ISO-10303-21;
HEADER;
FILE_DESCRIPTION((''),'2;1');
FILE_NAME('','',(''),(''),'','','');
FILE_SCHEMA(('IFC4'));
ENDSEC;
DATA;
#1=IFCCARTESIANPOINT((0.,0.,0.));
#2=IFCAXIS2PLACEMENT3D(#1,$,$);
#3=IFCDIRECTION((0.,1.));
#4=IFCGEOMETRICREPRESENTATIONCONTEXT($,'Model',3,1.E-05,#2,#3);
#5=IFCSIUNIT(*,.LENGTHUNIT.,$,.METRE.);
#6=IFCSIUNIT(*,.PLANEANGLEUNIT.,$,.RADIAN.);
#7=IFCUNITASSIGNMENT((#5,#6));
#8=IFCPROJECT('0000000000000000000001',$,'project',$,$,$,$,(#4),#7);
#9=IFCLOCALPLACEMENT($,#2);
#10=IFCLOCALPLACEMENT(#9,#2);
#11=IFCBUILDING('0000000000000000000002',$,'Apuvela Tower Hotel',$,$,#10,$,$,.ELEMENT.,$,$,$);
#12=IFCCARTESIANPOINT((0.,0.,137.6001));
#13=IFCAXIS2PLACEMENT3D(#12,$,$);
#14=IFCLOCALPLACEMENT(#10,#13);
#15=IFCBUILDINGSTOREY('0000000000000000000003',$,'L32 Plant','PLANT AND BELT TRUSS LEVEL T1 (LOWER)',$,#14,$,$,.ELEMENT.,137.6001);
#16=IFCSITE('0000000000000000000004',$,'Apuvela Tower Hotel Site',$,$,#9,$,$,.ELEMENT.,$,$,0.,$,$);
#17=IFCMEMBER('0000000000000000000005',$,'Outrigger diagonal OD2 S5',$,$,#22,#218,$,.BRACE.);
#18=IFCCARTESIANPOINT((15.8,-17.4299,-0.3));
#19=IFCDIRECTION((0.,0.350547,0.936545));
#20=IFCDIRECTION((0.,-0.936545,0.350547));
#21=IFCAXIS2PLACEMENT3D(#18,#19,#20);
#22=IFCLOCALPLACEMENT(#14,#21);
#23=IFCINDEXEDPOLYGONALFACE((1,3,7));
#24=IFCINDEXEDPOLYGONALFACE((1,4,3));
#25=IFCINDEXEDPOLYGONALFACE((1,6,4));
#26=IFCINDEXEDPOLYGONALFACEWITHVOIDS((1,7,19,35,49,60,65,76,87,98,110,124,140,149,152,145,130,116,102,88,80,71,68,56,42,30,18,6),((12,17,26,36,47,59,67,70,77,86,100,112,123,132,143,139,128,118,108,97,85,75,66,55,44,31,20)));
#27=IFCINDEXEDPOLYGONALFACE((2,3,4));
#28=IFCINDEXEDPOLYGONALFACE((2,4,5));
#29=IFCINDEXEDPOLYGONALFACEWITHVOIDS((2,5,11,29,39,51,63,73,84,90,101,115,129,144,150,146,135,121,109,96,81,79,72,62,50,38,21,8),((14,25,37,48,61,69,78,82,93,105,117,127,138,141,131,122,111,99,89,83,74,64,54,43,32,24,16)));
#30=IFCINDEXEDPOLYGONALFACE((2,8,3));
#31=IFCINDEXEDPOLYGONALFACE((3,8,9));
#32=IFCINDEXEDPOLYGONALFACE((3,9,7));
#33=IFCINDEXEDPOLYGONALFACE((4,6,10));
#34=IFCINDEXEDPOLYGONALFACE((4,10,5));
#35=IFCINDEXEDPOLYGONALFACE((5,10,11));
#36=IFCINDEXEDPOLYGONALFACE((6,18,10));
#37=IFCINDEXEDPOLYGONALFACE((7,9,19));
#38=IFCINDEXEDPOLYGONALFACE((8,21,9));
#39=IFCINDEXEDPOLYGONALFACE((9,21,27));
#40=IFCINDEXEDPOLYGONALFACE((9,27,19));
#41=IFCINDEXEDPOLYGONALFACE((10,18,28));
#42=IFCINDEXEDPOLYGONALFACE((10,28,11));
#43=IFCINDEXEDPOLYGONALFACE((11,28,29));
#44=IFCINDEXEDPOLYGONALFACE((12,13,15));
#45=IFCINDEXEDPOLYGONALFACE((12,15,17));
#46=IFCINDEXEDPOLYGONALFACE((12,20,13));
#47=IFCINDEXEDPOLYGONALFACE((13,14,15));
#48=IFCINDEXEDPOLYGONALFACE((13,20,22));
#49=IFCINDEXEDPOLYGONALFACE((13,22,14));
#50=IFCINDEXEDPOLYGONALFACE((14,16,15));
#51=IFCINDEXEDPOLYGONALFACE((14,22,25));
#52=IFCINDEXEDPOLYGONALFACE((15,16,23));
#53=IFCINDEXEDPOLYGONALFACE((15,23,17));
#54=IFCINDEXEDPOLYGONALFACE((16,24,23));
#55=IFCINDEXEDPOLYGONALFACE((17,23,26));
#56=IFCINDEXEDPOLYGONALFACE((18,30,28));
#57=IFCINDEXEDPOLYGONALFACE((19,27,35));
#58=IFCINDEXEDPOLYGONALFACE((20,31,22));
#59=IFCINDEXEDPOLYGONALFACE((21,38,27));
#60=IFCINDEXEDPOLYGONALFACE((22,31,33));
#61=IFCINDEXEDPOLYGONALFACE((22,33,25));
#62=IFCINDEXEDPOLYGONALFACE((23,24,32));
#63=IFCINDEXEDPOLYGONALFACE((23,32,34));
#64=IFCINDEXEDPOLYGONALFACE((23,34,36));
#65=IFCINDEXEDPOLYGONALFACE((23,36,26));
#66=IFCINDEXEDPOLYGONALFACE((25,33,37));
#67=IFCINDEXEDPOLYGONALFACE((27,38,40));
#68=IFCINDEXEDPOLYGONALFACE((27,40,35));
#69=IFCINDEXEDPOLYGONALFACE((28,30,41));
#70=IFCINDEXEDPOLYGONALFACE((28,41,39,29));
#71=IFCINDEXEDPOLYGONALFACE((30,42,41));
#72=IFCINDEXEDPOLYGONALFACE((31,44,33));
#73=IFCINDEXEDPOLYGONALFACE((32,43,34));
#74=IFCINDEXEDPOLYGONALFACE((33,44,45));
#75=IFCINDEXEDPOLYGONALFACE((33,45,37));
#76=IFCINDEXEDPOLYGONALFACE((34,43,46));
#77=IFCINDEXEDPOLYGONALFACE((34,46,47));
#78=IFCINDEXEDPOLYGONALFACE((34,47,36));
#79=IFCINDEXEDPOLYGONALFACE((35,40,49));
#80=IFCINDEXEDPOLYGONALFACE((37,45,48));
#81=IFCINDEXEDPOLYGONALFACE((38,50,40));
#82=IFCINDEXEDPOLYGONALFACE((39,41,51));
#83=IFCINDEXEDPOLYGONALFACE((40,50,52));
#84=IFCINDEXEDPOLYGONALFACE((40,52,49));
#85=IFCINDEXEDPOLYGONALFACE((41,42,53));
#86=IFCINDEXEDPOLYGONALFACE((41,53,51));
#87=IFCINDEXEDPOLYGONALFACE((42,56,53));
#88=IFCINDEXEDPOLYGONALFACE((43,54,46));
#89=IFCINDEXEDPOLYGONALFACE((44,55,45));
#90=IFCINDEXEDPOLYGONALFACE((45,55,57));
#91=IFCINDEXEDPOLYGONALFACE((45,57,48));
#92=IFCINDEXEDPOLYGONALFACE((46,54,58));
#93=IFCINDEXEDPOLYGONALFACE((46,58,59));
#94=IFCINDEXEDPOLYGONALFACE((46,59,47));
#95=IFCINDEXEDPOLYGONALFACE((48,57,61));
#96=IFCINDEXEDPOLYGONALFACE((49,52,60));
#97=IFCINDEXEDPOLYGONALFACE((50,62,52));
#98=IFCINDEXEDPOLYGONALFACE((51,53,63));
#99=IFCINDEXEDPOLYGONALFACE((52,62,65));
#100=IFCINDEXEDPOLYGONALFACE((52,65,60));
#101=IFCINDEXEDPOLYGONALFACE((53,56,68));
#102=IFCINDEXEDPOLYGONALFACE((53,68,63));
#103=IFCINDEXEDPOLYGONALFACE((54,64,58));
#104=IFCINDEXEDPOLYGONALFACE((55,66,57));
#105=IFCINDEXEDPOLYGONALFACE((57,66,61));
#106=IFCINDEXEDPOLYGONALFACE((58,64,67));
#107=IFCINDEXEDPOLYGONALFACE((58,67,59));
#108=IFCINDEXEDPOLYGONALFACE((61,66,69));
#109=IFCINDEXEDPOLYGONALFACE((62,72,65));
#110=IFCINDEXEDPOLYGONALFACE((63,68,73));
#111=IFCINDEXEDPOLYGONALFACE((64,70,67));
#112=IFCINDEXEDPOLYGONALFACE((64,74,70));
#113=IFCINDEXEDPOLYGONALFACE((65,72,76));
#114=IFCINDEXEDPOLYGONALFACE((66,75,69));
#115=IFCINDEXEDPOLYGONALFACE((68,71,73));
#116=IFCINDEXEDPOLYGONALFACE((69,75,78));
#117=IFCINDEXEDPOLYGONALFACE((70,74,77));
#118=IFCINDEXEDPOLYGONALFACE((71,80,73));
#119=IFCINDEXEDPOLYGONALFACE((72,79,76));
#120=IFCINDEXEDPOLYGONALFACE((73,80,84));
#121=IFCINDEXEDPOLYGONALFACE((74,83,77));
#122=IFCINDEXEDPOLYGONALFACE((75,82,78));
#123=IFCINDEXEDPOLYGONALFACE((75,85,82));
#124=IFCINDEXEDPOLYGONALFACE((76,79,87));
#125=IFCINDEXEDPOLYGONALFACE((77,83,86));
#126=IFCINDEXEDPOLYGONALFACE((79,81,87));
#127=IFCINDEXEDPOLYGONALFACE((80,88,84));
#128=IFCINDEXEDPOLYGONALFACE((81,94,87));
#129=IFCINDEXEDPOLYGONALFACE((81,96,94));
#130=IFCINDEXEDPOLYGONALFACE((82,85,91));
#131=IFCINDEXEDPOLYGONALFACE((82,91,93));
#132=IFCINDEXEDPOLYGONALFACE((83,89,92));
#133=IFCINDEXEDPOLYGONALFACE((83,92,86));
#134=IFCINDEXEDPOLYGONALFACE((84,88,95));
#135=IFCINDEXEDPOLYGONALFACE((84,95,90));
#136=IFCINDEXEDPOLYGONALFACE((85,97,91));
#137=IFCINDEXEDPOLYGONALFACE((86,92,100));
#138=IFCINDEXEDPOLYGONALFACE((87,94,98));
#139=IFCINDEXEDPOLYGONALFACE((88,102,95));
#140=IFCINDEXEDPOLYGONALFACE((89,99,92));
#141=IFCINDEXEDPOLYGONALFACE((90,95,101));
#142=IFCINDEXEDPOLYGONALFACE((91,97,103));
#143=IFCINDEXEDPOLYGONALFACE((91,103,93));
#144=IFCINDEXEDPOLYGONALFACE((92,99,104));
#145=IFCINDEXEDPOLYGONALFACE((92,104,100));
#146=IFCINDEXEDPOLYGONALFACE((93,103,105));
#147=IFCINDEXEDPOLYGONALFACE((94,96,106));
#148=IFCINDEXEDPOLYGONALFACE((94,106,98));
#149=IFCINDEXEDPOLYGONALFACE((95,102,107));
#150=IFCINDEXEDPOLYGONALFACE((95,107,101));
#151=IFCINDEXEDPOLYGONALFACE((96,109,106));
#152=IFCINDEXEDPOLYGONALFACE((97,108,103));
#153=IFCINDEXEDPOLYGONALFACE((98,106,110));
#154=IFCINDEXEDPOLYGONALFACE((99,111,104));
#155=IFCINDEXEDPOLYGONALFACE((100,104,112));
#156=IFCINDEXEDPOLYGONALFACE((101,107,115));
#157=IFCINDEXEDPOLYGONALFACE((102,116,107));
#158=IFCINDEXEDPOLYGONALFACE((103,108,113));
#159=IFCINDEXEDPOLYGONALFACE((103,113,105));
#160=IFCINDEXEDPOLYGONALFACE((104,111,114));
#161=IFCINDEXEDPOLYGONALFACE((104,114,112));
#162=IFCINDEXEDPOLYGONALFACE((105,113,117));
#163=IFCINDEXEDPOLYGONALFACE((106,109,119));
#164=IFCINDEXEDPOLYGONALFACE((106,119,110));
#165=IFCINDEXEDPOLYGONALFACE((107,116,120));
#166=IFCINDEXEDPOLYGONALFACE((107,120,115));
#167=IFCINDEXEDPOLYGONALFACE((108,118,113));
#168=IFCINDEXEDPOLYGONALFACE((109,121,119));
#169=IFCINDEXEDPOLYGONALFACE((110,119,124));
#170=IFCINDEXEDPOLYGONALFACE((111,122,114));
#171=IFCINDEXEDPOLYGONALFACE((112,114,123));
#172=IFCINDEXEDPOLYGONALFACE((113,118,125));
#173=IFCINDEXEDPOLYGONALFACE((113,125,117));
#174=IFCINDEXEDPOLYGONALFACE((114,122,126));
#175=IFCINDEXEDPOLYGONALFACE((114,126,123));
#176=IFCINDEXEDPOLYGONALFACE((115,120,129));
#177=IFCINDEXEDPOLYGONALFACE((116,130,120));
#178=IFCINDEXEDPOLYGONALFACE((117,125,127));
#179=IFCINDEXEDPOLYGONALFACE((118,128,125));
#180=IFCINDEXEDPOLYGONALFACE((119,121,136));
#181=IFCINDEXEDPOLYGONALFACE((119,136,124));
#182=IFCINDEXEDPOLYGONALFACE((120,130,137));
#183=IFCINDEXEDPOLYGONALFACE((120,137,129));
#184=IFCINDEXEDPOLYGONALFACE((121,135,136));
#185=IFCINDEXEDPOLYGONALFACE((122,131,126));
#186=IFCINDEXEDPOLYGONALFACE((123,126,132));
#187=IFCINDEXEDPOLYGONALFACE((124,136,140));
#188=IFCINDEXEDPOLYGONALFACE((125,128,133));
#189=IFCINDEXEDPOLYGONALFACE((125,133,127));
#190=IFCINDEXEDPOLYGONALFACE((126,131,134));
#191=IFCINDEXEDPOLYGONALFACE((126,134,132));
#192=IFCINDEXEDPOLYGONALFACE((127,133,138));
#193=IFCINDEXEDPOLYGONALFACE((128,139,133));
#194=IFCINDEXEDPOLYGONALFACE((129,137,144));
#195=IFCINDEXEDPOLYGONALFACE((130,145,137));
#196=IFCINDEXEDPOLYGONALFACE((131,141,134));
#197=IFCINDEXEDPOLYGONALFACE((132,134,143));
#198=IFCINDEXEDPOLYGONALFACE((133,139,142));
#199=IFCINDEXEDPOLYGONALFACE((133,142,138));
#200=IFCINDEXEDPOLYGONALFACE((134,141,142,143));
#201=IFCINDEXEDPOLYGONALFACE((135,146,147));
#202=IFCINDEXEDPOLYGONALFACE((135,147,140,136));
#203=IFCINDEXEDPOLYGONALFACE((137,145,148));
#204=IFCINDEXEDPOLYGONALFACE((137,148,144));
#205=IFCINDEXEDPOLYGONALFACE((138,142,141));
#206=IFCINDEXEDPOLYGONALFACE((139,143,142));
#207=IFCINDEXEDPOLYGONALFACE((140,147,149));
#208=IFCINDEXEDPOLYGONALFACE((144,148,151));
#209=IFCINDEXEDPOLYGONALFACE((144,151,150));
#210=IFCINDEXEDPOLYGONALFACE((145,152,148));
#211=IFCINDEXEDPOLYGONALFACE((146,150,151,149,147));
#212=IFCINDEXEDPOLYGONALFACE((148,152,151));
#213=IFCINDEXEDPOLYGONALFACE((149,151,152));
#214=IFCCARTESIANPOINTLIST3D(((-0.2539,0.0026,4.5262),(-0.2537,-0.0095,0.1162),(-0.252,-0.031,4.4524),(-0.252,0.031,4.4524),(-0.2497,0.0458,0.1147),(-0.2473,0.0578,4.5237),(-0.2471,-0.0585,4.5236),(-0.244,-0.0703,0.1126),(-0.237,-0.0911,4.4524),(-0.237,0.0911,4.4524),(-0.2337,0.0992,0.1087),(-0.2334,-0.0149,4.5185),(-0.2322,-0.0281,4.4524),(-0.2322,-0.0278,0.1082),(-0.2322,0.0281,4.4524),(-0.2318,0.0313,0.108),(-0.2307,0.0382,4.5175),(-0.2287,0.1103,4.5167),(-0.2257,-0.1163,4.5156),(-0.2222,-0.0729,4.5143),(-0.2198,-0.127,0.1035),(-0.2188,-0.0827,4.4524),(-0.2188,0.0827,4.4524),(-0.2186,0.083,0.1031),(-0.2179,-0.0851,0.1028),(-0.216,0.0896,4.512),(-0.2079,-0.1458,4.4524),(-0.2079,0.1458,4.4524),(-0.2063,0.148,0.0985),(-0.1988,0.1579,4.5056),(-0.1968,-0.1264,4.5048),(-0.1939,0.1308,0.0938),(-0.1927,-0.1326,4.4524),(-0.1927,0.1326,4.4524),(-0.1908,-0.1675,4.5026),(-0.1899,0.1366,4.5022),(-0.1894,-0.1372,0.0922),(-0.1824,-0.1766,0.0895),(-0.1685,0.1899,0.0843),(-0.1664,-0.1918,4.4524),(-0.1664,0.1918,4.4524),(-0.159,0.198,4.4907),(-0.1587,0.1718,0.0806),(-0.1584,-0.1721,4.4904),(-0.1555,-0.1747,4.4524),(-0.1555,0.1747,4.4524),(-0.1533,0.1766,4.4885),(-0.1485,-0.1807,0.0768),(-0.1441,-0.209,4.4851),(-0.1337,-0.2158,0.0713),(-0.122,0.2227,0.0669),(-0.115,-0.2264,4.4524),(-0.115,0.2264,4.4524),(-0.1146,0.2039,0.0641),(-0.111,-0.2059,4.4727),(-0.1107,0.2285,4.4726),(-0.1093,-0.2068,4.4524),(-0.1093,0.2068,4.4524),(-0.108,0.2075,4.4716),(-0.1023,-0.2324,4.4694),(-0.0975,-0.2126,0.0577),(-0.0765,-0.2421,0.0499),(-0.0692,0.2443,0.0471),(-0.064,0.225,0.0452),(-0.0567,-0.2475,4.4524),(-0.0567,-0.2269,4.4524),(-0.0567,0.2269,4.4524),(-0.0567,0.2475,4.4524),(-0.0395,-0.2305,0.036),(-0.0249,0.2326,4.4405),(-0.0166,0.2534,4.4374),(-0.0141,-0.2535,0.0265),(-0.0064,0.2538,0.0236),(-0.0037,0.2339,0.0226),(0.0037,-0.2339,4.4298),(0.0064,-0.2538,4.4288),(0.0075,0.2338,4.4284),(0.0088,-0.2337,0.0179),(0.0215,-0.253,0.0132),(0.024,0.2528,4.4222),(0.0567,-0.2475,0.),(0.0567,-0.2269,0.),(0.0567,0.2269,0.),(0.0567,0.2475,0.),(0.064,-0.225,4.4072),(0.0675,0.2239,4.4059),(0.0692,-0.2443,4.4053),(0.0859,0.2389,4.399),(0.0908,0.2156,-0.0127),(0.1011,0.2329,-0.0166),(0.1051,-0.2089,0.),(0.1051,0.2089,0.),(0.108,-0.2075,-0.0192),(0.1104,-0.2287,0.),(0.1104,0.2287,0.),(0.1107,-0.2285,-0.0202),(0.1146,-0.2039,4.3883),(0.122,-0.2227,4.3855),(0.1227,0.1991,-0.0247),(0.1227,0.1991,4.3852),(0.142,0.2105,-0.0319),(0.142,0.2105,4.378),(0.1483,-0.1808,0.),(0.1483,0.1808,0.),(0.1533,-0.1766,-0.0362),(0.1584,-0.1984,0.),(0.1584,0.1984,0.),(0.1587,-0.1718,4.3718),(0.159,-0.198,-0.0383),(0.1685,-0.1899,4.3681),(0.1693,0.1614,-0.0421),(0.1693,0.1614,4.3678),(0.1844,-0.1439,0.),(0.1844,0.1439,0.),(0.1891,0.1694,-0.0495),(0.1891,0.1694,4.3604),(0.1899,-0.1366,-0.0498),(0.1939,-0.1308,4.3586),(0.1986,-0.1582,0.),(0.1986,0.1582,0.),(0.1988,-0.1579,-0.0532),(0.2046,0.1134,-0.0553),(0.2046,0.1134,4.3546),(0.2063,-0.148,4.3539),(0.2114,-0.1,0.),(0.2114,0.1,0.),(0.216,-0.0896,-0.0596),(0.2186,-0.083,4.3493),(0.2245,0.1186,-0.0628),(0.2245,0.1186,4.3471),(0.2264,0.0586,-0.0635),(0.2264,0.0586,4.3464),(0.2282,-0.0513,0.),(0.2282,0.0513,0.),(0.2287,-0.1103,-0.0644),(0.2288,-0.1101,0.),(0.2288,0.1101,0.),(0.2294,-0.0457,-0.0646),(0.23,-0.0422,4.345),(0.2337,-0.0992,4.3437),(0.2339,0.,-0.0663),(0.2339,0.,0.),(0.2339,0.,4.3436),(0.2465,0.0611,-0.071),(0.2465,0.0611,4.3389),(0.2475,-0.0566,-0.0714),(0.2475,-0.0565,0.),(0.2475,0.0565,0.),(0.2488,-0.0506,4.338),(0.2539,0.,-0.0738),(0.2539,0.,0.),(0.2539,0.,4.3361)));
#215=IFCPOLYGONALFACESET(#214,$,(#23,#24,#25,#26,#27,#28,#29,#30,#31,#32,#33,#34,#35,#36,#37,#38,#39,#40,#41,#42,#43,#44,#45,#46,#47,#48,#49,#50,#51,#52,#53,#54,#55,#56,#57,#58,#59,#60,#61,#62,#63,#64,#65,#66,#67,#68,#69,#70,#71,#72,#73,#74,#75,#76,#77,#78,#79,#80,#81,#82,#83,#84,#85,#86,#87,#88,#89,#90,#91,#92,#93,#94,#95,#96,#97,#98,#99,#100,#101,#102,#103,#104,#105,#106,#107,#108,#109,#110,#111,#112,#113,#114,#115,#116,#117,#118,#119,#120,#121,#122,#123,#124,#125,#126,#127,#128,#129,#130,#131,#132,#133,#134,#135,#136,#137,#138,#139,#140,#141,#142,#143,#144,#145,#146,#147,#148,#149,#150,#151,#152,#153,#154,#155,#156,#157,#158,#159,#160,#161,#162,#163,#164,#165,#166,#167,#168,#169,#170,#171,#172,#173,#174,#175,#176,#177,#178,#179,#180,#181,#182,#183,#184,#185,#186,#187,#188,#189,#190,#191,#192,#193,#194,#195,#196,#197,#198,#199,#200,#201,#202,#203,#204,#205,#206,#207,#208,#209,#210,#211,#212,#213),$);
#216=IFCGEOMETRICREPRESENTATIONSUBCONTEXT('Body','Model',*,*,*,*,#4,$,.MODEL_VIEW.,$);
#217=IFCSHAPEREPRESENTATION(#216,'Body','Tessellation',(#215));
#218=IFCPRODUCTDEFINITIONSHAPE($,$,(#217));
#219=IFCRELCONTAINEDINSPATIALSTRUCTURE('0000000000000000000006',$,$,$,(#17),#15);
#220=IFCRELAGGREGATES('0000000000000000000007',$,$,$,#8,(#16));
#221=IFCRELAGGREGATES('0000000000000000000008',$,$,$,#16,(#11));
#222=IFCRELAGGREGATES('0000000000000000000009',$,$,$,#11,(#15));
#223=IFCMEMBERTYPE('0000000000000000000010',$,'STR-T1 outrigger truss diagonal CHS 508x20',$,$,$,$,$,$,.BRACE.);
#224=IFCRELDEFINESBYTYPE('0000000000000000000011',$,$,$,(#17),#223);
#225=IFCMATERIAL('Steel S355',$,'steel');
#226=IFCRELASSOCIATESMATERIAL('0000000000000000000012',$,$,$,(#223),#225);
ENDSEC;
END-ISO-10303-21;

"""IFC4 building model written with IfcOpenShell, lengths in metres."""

from ifc_helpers import new_model, si_unit, direction, frame, origin, origin_2d, place, context, subcontext, project, spatial, hollow_circle, extrude, boolean, halfspace, material, material_profile, profile_set, type_object, element, save


model = new_model("IFC4")

# Units and contexts
model_context = context("Model", 3, precision=1e-05, world=origin(), true_north=direction((0.0, 1.0)))
body_context = subcontext(model_context, "Body", "Model", "MODEL_VIEW")
ifc_project = project(units=[si_unit("LENGTHUNIT", "METRE"), si_unit("PLANEANGLEUNIT", "RADIAN")], contexts=[model_context])

# Site, building, storey
site_placement = place(None, origin())
site = spatial("IfcSite", under=ifc_project, at=site_placement, Name="Apuvela Tower Hotel Site", CompositionType="ELEMENT", RefElevation=0.0)
building_placement = place(site_placement, origin())
building = spatial("IfcBuilding", under=site, at=building_placement, Name="Apuvela Tower Hotel", CompositionType="ELEMENT")
storey_placement = place(building_placement, frame((0.0, 0.0, 137.6001)))
storey = spatial("IfcBuildingStorey", under=building, at=storey_placement, Name="L32 Plant", Description="PLANT AND BELT TRUSS LEVEL T1 (LOWER)", CompositionType="ELEMENT", Elevation=137.6001)

# Member
ifc_material_1 = material(Name="Steel S355", Category="steel")
ifc_material_profile_1 = material_profile(ifc_material_1, hollow_circle(Radius=0.2539, WallThickness=0.02, at=origin_2d()), Name="CHS 508x20")
ifc_profile_set_1 = profile_set([ifc_material_profile_1], Name="Steel S355")
member_type_1 = type_object("IfcMemberType", Name="STR-T1 outrigger truss diagonal CHS 508x20", PredefinedType="BRACE", material=ifc_profile_set_1)
member_1_placement = place(storey_placement, frame((15.8, -17.4299, -0.3), z_axis=(0.0, 0.350547, 0.936545), x_axis=(0.0, -0.936545, 0.350547)))
solid_1 = boolean("DIFFERENCE", boolean("DIFFERENCE", extrude(hollow_circle(Radius=0.2539, WallThickness=0.02, at=origin_2d()), frame((0.0, 0.0, -0.2151)), (0.0, 0.0, 1.0), 4.8826), halfspace(frame((0.0, 0.0, 0.0212), z_axis=(0.350547, 0.0, 0.936545), x_axis=(0.936545, 0.0, -0.350547)), True)), halfspace(frame((0.0, 0.0, 4.4312), z_axis=(0.350547, 0.0, 0.936545), x_axis=(0.936545, 0.0, -0.350547)), False))
element("IfcMember", 1, at=member_1_placement, inside=storey, type_object=member_type_1, Name="Outrigger diagonal OD2 S5", PredefinedType="BRACE", context=body_context, shape_type="SweptSolid", body=[
    boolean("UNION", boolean("DIFFERENCE", boolean("DIFFERENCE", extrude(hollow_circle(Radius=0.2539, WallThickness=0.02, at=origin_2d()), origin(), (0.0, 0.0, 1.0), 4.4524), halfspace(frame((0.0, 0.0, 0.0212), z_axis=(0.350547, 0.0, 0.936545), x_axis=(0.936545, 0.0, -0.350547)), True)), halfspace(frame((0.0, 0.0, 4.4312), z_axis=(0.350547, 0.0, 0.936545), x_axis=(0.936545, 0.0, -0.350547)), False)), solid_1),
])

save(model, "model.ifc")
